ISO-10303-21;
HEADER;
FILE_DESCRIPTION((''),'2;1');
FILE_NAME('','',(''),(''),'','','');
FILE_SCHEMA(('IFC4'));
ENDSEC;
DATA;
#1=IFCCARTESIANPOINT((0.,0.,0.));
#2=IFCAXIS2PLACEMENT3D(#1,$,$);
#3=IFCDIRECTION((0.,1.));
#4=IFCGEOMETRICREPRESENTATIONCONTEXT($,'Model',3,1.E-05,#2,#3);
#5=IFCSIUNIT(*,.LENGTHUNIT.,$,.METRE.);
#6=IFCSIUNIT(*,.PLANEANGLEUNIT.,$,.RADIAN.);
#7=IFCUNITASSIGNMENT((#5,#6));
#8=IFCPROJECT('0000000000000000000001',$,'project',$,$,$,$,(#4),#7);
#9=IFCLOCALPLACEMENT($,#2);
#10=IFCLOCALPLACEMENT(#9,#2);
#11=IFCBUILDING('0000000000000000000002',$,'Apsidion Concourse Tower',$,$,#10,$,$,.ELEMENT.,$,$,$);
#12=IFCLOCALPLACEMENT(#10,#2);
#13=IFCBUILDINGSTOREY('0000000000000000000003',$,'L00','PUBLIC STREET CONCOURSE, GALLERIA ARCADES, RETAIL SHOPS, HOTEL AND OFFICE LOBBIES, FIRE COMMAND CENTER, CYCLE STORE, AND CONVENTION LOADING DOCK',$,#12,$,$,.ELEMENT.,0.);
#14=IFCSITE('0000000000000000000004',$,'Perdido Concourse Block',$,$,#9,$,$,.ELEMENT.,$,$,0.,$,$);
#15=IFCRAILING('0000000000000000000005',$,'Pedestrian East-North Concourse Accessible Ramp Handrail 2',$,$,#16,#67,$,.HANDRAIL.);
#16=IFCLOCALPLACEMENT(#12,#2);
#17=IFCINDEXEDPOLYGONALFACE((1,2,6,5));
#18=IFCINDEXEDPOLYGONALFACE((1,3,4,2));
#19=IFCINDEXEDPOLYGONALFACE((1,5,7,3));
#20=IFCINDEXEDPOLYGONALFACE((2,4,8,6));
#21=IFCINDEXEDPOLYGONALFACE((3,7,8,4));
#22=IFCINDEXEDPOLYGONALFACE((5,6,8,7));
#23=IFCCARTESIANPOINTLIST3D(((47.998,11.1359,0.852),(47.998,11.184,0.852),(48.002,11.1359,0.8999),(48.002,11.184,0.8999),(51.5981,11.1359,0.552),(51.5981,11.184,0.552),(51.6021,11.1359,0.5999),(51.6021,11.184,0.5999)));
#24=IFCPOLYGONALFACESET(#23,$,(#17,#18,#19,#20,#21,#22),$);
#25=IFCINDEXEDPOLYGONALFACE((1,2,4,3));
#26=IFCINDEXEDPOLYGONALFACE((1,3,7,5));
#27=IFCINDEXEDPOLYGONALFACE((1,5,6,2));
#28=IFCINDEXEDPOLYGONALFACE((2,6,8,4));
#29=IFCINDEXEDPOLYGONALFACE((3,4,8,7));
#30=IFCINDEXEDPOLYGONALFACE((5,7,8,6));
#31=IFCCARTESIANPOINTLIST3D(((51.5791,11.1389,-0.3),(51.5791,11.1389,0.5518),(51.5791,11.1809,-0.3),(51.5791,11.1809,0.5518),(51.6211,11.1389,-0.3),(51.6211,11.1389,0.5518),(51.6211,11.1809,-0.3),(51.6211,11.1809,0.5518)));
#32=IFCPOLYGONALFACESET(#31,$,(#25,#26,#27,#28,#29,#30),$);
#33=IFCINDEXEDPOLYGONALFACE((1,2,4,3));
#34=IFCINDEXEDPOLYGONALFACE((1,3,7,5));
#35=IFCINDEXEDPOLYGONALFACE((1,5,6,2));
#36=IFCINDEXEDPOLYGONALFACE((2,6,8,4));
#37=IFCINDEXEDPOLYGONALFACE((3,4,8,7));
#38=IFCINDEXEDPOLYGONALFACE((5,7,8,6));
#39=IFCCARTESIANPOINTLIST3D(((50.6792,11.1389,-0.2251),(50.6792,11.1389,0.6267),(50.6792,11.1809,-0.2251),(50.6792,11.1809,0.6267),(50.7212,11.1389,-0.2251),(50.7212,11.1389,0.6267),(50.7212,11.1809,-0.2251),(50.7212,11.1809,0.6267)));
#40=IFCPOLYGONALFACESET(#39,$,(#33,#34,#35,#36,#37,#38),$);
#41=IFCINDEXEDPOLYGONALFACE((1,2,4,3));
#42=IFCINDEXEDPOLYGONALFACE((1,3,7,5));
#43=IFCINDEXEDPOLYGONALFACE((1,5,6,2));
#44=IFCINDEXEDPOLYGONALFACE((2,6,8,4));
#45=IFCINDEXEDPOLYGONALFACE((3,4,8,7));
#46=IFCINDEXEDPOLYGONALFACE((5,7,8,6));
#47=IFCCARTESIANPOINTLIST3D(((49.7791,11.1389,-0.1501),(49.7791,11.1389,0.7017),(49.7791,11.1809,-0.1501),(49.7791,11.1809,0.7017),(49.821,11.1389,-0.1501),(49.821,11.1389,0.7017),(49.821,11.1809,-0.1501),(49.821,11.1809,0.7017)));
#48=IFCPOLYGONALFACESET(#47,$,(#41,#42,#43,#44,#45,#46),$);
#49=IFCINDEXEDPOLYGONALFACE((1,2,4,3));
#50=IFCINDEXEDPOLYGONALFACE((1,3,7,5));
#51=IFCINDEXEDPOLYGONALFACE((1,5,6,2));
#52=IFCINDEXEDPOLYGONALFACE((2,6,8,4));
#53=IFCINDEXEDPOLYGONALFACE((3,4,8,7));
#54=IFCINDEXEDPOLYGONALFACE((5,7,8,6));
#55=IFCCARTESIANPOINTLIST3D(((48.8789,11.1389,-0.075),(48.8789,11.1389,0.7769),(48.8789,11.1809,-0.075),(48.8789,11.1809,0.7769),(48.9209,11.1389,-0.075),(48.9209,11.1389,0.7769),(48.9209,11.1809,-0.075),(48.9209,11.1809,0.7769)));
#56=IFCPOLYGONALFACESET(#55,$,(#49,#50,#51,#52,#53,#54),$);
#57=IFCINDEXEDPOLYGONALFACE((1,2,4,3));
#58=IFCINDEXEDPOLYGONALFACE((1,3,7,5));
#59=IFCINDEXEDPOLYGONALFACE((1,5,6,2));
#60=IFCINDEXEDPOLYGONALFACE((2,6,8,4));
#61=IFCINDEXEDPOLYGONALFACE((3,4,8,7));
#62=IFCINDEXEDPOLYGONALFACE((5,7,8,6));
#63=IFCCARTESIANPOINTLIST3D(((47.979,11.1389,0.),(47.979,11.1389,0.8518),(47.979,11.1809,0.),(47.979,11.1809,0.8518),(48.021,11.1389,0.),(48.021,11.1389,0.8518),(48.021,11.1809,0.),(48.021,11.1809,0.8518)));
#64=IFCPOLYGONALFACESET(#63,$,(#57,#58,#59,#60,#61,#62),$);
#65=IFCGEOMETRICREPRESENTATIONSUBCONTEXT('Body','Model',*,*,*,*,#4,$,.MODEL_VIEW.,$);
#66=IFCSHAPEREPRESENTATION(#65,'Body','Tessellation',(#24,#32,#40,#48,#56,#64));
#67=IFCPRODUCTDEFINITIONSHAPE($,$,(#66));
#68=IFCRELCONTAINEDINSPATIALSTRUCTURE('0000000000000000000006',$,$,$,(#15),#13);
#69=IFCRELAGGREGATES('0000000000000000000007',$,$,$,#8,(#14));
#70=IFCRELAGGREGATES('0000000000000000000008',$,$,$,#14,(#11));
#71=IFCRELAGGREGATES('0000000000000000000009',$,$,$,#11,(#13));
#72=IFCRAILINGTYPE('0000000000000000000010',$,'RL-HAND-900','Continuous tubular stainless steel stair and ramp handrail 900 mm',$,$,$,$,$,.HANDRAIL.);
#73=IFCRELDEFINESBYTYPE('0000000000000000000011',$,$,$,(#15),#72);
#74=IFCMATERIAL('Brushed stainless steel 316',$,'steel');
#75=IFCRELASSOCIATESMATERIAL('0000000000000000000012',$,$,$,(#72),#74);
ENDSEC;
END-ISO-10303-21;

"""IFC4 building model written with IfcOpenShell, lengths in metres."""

from ifc_helpers import new_model, si_unit, direction, frame, origin, origin_2d, place, context, subcontext, project, spatial, rectangle, extrude, material, type_object, element, save


model = new_model("IFC4")

# Units and contexts
model_context = context("Model", 3, precision=1e-05, world=origin(), true_north=direction((0.0, 1.0)))
body_context = subcontext(model_context, "Body", "Model", "MODEL_VIEW")
ifc_project = project(units=[si_unit("LENGTHUNIT", "METRE"), si_unit("PLANEANGLEUNIT", "RADIAN")], contexts=[model_context])

# Site, building, storey
site_placement = place(None, origin())
site = spatial("IfcSite", under=ifc_project, at=site_placement, Name="Perdido Concourse Block", CompositionType="ELEMENT", RefElevation=0.0)
building_placement = place(site_placement, origin())
building = spatial("IfcBuilding", under=site, at=building_placement, Name="Apsidion Concourse Tower", CompositionType="ELEMENT")
storey_placement = place(building_placement, origin())
storey = spatial("IfcBuildingStorey", under=building, at=storey_placement, Name="L00", Description="PUBLIC STREET CONCOURSE, GALLERIA ARCADES, RETAIL SHOPS, HOTEL AND OFFICE LOBBIES, FIRE COMMAND CENTER, CYCLE STORE, AND CONVENTION LOADING DOCK", CompositionType="ELEMENT", Elevation=0.0)

# Railing
ifc_material_1 = material(Name="Brushed stainless steel 316", Category="steel")
railing_type = type_object("IfcRailingType", Name="RL-HAND-900", Description="Continuous tubular stainless steel stair and ramp handrail 900 mm", PredefinedType="HANDRAIL", material=ifc_material_1)
for number, where, name in (
    (1, (51.6001, 11.1599, -0.3), "Pedestrian East-North Concourse Accessible Ramp Handrail 2"),
):
    element("IfcRailing", number, at=place(storey_placement, frame(where)), inside=storey, type_object=railing_type, Name=name, PredefinedType="HANDRAIL", context=body_context, shape_type="SweptSolid", body=[
        extrude(rectangle(XDim=0.0481, YDim=0.0481, at=origin_2d()), frame((0.0, 0.0, 0.876), z_axis=(-0.996545, 0.0, 0.083057), x_axis=(0.0, -1.0, 0.0)), (0.0, 0.0, 1.0), 3.6125),
        extrude(rectangle(XDim=0.042, YDim=0.042, at=origin_2d()), origin(), (0.0, 0.0, 1.0), 0.8518),
        extrude(rectangle(XDim=0.042, YDim=0.042, at=origin_2d()), frame((-0.8999, 0.0, 0.075)), (0.0, 0.0, 1.0), 0.8518),
        extrude(rectangle(XDim=0.042, YDim=0.042, at=origin_2d()), frame((-1.8, 0.0, 0.1499)), (0.0, 0.0, 1.0), 0.8518),
        extrude(rectangle(XDim=0.042, YDim=0.042, at=origin_2d()), frame((-2.7002, 0.0, 0.2251)), (0.0, 0.0, 1.0), 0.8518),
        extrude(rectangle(XDim=0.042, YDim=0.042, at=origin_2d()), frame((-3.6001, 0.0, 0.3)), (0.0, 0.0, 1.0), 0.8518),
    ])

save(model, "model.ifc")
